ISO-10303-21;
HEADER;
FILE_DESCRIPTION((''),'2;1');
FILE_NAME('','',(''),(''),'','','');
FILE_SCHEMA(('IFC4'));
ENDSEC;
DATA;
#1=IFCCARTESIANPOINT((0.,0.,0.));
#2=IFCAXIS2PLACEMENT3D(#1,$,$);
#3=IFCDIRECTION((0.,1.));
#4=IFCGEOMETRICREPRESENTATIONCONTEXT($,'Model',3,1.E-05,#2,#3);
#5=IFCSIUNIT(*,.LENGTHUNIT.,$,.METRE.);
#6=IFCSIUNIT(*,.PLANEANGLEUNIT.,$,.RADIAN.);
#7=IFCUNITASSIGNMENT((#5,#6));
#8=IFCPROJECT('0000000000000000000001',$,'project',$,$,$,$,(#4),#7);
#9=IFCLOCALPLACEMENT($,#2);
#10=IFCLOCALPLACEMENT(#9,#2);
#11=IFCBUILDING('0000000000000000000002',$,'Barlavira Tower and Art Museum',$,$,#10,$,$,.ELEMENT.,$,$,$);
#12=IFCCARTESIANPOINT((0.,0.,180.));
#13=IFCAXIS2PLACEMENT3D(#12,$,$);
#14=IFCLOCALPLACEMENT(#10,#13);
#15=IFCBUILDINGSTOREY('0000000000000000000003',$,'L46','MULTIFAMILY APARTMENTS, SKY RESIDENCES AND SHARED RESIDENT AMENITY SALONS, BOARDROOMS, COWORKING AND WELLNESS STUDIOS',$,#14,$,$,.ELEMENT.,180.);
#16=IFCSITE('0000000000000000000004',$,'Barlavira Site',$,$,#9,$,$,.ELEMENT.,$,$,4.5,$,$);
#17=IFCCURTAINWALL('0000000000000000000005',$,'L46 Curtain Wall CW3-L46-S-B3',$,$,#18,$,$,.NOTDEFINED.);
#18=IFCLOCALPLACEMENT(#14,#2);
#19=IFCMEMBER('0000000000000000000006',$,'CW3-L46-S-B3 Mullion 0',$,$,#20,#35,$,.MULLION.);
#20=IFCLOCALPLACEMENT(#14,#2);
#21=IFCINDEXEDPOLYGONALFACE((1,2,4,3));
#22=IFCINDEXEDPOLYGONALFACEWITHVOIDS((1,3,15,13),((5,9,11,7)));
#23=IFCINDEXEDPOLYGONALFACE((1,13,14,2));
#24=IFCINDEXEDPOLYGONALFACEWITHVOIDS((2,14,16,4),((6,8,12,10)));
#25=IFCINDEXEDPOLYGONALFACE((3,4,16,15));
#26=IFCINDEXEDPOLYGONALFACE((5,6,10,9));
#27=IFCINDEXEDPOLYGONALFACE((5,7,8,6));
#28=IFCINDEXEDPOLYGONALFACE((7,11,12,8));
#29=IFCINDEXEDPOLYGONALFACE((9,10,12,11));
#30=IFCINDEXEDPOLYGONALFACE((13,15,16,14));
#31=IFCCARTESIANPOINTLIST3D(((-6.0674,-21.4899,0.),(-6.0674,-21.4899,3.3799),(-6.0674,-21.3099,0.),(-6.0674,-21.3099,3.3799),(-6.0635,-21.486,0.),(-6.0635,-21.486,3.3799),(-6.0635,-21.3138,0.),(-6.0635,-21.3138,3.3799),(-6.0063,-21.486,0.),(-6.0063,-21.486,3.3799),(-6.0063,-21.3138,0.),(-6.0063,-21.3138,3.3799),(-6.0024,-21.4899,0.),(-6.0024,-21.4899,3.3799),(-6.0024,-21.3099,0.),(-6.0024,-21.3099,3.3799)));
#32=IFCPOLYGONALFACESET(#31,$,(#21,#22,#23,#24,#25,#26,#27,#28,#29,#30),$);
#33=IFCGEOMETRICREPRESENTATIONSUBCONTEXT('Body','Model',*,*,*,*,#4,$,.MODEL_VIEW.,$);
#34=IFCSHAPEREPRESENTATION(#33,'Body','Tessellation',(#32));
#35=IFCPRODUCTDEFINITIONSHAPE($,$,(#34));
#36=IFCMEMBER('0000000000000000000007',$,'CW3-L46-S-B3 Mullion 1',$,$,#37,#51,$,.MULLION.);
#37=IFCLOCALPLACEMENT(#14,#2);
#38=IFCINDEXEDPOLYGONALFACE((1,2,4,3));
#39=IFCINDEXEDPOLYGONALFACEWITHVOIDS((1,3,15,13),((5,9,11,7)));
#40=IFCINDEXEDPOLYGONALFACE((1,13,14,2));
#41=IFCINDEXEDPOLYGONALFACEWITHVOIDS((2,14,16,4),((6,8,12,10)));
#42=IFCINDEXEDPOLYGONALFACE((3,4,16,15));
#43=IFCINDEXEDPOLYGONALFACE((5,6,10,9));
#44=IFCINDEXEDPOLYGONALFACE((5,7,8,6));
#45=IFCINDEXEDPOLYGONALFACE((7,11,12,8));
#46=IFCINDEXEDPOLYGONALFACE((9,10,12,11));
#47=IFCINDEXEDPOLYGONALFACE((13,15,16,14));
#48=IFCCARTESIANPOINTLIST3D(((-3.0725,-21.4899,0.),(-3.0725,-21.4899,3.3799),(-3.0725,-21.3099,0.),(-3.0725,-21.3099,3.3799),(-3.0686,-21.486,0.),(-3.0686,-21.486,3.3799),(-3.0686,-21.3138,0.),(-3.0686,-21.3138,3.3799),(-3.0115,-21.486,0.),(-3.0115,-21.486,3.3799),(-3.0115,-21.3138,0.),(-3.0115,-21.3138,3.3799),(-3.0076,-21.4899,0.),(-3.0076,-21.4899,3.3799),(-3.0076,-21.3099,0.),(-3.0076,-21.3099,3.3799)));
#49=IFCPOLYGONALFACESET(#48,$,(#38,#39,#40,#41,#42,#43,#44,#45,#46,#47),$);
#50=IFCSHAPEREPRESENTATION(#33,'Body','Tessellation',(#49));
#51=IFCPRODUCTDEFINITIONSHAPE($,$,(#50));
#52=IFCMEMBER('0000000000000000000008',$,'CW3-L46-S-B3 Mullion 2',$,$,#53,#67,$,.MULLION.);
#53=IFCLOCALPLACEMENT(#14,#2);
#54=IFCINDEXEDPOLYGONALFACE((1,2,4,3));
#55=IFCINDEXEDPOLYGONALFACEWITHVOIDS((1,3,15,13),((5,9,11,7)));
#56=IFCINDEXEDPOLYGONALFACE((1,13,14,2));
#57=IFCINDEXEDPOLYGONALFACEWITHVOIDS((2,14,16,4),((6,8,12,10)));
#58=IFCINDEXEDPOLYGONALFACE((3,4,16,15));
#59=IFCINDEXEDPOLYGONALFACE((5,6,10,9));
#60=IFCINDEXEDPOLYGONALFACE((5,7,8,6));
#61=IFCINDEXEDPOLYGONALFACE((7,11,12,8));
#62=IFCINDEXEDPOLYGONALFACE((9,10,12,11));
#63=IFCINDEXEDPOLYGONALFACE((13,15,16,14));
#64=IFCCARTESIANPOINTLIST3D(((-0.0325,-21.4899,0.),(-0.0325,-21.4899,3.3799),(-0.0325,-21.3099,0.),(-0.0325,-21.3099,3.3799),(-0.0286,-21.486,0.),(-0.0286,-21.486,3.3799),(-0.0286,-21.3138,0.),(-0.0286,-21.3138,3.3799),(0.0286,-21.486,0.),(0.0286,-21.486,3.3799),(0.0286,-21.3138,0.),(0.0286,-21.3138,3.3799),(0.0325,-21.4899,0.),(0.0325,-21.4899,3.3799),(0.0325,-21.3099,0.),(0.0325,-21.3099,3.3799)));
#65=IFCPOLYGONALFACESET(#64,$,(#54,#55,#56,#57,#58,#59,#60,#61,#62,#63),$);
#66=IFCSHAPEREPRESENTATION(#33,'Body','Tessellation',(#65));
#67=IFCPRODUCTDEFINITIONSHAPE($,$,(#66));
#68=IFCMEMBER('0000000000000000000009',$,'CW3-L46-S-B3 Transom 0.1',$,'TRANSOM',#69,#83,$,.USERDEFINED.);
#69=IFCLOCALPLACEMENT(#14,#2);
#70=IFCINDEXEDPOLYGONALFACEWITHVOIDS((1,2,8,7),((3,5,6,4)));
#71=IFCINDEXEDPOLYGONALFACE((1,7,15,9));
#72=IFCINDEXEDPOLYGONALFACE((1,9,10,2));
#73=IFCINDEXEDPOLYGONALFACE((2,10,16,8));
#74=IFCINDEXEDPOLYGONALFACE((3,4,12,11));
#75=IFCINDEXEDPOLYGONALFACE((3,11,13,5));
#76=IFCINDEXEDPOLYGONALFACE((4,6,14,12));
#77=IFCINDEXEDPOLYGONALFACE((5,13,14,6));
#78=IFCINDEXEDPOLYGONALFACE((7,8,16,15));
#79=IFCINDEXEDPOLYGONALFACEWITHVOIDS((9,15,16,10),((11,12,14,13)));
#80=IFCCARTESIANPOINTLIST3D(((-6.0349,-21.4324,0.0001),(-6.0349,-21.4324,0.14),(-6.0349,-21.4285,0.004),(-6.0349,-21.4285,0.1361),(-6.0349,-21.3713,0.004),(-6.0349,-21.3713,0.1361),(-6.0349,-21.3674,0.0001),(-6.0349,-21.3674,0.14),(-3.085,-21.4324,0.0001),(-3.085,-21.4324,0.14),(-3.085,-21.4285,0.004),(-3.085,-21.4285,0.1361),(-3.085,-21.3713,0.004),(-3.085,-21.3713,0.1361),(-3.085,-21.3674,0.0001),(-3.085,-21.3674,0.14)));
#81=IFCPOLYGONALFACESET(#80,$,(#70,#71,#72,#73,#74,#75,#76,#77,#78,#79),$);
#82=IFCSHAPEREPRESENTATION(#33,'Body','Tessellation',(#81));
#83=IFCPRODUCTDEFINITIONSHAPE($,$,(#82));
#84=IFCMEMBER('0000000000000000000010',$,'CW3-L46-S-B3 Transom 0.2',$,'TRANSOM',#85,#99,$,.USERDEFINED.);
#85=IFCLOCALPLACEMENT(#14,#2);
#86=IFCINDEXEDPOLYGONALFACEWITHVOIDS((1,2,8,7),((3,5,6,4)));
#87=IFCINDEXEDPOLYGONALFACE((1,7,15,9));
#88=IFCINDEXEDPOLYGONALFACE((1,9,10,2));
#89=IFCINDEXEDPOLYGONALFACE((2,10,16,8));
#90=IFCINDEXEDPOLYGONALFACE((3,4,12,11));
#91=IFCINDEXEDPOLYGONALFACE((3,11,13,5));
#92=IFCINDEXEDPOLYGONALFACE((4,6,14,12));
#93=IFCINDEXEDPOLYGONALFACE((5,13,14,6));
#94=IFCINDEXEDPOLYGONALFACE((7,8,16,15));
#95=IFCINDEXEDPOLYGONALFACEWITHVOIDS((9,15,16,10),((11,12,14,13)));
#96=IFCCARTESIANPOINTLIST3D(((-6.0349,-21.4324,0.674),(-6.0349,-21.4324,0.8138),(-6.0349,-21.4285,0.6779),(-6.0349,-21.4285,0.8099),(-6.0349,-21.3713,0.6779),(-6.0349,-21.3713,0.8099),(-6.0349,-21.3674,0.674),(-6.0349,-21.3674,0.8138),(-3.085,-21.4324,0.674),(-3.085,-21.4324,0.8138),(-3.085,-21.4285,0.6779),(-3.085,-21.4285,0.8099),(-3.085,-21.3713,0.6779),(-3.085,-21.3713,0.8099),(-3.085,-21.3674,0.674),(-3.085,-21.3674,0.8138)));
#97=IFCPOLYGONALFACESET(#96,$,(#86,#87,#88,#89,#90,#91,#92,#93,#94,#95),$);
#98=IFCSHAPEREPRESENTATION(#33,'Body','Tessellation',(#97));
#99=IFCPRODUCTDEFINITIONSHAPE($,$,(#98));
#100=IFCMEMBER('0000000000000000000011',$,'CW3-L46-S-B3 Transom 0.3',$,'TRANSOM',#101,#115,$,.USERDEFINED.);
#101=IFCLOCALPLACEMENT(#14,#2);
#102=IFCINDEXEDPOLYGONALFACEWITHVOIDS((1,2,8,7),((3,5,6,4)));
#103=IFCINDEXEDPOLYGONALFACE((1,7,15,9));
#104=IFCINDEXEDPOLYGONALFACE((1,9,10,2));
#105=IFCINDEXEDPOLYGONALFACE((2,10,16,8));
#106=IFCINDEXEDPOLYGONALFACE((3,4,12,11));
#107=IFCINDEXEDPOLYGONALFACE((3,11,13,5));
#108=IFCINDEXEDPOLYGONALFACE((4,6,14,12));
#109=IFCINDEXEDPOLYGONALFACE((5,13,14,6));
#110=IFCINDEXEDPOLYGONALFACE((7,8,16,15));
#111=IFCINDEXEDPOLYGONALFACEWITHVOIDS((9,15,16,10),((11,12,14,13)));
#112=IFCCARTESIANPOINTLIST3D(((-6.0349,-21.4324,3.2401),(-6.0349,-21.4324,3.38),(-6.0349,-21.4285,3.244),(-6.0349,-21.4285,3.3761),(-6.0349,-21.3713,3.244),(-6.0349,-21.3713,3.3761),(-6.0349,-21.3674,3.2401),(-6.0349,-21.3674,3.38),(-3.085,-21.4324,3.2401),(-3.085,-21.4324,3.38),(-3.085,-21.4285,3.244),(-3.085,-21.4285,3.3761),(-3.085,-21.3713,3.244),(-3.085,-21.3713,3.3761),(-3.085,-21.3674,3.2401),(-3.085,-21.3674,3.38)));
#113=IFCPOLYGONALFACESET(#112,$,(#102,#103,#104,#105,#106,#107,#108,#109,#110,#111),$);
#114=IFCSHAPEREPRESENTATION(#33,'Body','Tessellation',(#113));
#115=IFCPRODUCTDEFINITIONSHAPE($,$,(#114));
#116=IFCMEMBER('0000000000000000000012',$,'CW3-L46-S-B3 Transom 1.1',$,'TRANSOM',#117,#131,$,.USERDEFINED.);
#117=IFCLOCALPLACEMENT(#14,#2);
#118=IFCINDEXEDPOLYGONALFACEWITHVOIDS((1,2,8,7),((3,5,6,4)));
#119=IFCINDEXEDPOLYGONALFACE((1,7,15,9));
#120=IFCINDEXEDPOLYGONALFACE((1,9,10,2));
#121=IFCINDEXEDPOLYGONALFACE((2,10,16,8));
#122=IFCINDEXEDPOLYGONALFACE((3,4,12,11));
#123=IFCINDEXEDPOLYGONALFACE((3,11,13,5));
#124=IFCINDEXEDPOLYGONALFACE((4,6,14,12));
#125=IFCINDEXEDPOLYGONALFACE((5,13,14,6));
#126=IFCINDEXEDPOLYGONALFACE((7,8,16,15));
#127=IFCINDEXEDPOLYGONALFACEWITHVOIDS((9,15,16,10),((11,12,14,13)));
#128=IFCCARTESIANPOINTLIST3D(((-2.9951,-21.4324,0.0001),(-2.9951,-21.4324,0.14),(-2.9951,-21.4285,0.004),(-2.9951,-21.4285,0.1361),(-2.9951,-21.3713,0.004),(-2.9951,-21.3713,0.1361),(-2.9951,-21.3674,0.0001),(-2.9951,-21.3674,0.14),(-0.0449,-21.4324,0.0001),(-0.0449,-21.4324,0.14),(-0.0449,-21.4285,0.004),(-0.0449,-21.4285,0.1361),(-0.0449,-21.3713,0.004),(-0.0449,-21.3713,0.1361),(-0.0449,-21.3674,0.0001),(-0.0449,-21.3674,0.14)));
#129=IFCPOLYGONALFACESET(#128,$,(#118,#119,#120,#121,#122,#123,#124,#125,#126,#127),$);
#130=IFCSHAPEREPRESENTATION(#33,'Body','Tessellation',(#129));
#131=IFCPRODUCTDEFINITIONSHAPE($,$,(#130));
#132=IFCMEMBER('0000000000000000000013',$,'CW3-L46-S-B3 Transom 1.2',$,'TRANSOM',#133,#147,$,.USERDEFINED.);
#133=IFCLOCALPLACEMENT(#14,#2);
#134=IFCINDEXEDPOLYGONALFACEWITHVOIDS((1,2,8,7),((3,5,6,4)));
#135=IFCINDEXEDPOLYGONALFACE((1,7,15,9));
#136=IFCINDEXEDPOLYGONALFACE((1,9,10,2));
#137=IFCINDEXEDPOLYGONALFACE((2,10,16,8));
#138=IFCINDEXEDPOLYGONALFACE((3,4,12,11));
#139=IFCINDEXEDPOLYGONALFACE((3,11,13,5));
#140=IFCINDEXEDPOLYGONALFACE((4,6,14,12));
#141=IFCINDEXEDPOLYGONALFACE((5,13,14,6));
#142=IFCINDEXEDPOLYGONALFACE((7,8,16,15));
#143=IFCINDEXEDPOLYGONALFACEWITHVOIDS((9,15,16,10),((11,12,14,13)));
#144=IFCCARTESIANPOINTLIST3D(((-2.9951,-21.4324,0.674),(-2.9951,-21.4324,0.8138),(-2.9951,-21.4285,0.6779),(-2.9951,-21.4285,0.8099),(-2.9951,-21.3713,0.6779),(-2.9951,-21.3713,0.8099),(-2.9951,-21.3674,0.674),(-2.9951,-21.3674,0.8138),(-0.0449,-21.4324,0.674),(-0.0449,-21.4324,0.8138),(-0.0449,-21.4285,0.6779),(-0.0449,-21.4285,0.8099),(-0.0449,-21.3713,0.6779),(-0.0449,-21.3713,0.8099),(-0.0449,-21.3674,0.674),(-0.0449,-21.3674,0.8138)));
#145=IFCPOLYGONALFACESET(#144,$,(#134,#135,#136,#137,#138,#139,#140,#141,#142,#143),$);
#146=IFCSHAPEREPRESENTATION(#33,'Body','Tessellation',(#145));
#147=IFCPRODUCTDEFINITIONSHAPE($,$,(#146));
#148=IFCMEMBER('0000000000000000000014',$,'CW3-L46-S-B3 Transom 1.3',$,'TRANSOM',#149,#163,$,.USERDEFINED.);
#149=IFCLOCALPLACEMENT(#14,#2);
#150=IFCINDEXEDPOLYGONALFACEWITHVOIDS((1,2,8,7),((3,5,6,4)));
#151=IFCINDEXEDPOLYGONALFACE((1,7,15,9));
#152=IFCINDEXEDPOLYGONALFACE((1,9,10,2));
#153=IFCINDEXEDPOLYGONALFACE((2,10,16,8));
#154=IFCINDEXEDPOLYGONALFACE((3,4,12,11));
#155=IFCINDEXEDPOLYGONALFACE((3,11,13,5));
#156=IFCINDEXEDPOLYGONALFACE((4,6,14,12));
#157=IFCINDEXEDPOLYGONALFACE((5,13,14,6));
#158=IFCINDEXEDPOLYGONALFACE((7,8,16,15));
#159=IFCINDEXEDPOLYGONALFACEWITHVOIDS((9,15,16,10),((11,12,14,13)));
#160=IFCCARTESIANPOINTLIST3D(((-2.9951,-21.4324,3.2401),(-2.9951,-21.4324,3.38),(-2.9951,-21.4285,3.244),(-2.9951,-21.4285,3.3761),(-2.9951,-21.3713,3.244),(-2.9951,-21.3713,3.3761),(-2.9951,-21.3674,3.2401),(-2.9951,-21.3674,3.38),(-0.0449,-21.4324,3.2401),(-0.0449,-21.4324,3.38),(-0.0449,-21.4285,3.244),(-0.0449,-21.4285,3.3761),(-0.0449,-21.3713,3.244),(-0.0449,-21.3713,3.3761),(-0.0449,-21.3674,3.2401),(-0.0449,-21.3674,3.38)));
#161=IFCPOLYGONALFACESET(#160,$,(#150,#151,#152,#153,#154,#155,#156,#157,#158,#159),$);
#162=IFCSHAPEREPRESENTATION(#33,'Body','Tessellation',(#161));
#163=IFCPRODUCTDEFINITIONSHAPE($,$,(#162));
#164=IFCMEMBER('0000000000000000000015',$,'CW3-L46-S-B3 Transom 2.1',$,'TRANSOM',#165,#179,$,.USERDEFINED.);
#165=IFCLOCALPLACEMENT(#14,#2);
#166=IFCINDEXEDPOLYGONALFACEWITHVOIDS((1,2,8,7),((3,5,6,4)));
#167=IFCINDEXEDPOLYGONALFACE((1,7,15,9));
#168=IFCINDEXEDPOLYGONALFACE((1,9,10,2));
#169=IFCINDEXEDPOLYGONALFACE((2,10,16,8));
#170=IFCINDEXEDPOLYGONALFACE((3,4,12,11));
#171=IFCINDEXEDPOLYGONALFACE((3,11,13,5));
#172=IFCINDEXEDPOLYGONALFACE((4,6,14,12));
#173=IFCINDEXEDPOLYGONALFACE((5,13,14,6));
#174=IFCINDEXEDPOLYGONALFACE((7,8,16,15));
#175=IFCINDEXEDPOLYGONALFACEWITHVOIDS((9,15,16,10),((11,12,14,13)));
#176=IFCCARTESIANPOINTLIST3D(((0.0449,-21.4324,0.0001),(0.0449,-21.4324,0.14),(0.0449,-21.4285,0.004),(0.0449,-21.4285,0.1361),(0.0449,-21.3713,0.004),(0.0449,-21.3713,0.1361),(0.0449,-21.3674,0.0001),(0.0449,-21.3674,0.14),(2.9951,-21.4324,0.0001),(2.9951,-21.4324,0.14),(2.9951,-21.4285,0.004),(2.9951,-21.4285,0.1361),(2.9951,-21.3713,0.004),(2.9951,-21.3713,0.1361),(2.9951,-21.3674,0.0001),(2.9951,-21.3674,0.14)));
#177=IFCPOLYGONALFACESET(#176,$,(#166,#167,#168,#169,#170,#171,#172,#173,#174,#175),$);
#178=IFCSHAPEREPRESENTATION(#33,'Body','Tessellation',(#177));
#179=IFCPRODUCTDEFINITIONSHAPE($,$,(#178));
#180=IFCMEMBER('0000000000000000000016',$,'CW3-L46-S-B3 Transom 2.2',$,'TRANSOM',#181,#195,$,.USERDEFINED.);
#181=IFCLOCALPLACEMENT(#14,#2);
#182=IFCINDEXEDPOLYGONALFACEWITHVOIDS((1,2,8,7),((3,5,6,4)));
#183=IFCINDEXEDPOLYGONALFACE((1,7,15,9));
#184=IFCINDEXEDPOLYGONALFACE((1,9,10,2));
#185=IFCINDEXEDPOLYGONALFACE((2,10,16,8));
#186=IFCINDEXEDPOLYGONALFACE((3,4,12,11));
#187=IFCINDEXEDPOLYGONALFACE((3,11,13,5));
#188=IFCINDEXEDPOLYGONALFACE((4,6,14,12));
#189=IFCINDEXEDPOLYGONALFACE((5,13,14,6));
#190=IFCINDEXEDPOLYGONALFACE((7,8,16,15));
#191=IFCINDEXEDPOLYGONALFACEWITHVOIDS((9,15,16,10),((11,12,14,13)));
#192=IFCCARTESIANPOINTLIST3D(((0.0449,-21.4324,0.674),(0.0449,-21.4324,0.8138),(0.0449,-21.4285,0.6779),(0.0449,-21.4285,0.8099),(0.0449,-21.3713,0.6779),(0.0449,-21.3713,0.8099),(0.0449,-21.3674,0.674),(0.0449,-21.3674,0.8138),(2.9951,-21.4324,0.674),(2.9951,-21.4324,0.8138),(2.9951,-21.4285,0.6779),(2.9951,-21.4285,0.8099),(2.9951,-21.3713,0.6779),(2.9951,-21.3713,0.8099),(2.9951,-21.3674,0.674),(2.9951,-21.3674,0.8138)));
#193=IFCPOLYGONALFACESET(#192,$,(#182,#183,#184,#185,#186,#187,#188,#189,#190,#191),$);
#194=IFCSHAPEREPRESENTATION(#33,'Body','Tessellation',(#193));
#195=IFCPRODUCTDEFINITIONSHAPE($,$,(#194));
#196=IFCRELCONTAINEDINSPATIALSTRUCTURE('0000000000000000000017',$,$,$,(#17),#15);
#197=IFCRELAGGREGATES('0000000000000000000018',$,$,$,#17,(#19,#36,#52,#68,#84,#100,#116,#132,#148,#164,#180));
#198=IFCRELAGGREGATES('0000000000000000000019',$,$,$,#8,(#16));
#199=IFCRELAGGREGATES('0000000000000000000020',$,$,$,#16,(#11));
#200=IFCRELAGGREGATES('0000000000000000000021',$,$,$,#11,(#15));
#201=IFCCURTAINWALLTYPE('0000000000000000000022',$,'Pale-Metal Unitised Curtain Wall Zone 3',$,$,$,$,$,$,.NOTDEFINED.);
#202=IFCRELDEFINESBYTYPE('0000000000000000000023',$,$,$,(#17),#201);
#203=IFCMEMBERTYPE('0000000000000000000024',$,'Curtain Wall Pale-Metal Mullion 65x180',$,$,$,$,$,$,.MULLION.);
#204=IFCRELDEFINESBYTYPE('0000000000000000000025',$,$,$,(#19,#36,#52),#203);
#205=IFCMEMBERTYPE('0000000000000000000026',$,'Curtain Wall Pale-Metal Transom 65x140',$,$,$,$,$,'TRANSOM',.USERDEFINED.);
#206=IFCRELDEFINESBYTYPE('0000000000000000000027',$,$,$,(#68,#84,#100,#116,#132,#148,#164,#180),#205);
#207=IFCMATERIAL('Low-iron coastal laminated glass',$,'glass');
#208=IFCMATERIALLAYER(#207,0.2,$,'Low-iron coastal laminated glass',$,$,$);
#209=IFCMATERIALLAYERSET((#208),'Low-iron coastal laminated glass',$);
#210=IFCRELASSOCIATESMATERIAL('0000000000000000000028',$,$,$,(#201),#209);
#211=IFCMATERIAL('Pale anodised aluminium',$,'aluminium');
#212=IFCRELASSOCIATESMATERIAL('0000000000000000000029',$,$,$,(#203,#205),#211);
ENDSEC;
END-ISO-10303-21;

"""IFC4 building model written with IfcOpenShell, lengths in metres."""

from ifc_helpers import new_model, si_unit, direction, frame, origin, origin_2d, place, context, subcontext, project, spatial, hollow_rectangle, extrude, material, layer, layer_set, material_profile, profile_set, type_object, element, aggregate, save


model = new_model("IFC4")

# Units and contexts
model_context = context("Model", 3, precision=1e-05, world=origin(), true_north=direction((0.0, 1.0)))
body_context = subcontext(model_context, "Body", "Model", "MODEL_VIEW")
ifc_project = project(units=[si_unit("LENGTHUNIT", "METRE"), si_unit("PLANEANGLEUNIT", "RADIAN")], contexts=[model_context])

# Site, building, storey
site_placement = place(None, origin())
site = spatial("IfcSite", under=ifc_project, at=site_placement, Name="Barlavira Site", CompositionType="ELEMENT", RefElevation=4.5)
building_placement = place(site_placement, origin())
building = spatial("IfcBuilding", under=site, at=building_placement, Name="Barlavira Tower and Art Museum", CompositionType="ELEMENT")
storey_placement = place(building_placement, frame((0.0, 0.0, 180.0)))
storey = spatial("IfcBuildingStorey", under=building, at=storey_placement, Name="L46", Description="MULTIFAMILY APARTMENTS, SKY RESIDENCES AND SHARED RESIDENT AMENITY SALONS, BOARDROOMS, COWORKING AND WELLNESS STUDIOS", CompositionType="ELEMENT", Elevation=180.0)

# Curtain wall, members
ifc_material_1 = material(Name="Low-iron coastal laminated glass", Category="glass")
ifc_layer_1 = layer(ifc_material_1, 0.2, Name="Low-iron coastal laminated glass")
ifc_layer_set_1 = layer_set([ifc_layer_1], Name="Low-iron coastal laminated glass")
curtain_wall_type = type_object("IfcCurtainWallType", Name="Pale-Metal Unitised Curtain Wall Zone 3", PredefinedType="NOTDEFINED", material=ifc_layer_set_1)
curtain_wall_placement = place(storey_placement, origin())
curtain_wall = element("IfcCurtainWall", 1, at=curtain_wall_placement, inside=storey, type_object=curtain_wall_type, Name="L46 Curtain Wall CW3-L46-S-B3", PredefinedType="NOTDEFINED")
ifc_material_2 = material(Name="Pale anodised aluminium", Category="aluminium")
ifc_material_profile_1 = material_profile(ifc_material_2, hollow_rectangle(XDim=0.0649, YDim=0.1799, WallThickness=0.0039, at=origin_2d()), Name="ALU-MULL 65x180x4")
ifc_profile_set_1 = profile_set([ifc_material_profile_1], Name="Pale anodised aluminium")
member_type_1 = type_object("IfcMemberType", Name="Curtain Wall Pale-Metal Mullion 65x180", PredefinedType="MULLION", material=ifc_profile_set_1)
member_1_placement = place(storey_placement, frame((-6.0349, -21.3999, 0.0), z_axis=(0.0, 0.0, 1.0), x_axis=(1.0, 0.0, 0.0)))
member_1 = element("IfcMember", 2, at=member_1_placement, type_object=member_type_1, Name="CW3-L46-S-B3 Mullion 0", PredefinedType="MULLION", context=body_context, shape_type="SweptSolid", body=[
    extrude(hollow_rectangle(XDim=0.0649, YDim=0.1799, WallThickness=0.0039, at=origin_2d()), origin(), (0.0, 0.0, 1.0), 3.3799),
])
member_2_placement = place(storey_placement, frame((-3.04, -21.3999, 0.0), z_axis=(0.0, 0.0, 1.0), x_axis=(1.0, 0.0, 0.0)))
member_2 = element("IfcMember", 3, at=member_2_placement, type_object=member_type_1, Name="CW3-L46-S-B3 Mullion 1", PredefinedType="MULLION", context=body_context, shape_type="SweptSolid", body=[
    extrude(hollow_rectangle(XDim=0.0649, YDim=0.1799, WallThickness=0.0039, at=origin_2d()), origin(), (0.0, 0.0, 1.0), 3.3799),
])
member_3_placement = place(storey_placement, frame((0.0, -21.3999, 0.0), z_axis=(0.0, 0.0, 1.0), x_axis=(1.0, 0.0, 0.0)))
member_3 = element("IfcMember", 4, at=member_3_placement, type_object=member_type_1, Name="CW3-L46-S-B3 Mullion 2", PredefinedType="MULLION", context=body_context, shape_type="SweptSolid", body=[
    extrude(hollow_rectangle(XDim=0.0649, YDim=0.1799, WallThickness=0.0039, at=origin_2d()), origin(), (0.0, 0.0, 1.0), 3.3799),
])
ifc_material_profile_2 = material_profile(ifc_material_2, hollow_rectangle(XDim=0.0649, YDim=0.1399, WallThickness=0.0039, at=origin_2d()), Name="ALU-TRAN 65x140x4")
ifc_profile_set_2 = profile_set([ifc_material_profile_2], Name="Pale anodised aluminium")
member_type_2 = type_object("IfcMemberType", Name="Curtain Wall Pale-Metal Transom 65x140", ElementType="TRANSOM", PredefinedType="USERDEFINED", material=ifc_profile_set_2)
member_4_placement = place(storey_placement, frame((-6.0349, -21.3999, 0.0701), z_axis=(1.0, 0.0, 0.0), x_axis=(0.0, 1.0, 0.0)))
member_4 = element("IfcMember", 5, at=member_4_placement, type_object=member_type_2, Name="CW3-L46-S-B3 Transom 0.1", ObjectType="TRANSOM", PredefinedType="USERDEFINED", context=body_context, shape_type="SweptSolid", body=[
    extrude(hollow_rectangle(XDim=0.0649, YDim=0.1399, WallThickness=0.0039, at=origin_2d()), origin(), (0.0, 0.0, 1.0), 2.95),
])
member_5_placement = place(storey_placement, frame((-6.0349, -21.3999, 0.7439), z_axis=(1.0, 0.0, 0.0), x_axis=(0.0, 1.0, 0.0)))
member_5 = element("IfcMember", 6, at=member_5_placement, type_object=member_type_2, Name="CW3-L46-S-B3 Transom 0.2", ObjectType="TRANSOM", PredefinedType="USERDEFINED", context=body_context, shape_type="SweptSolid", body=[
    extrude(hollow_rectangle(XDim=0.0649, YDim=0.1399, WallThickness=0.0039, at=origin_2d()), origin(), (0.0, 0.0, 1.0), 2.95),
])
member_6_placement = place(storey_placement, frame((-6.0349, -21.3999, 3.3101), z_axis=(1.0, 0.0, 0.0), x_axis=(0.0, 1.0, 0.0)))
member_6 = element("IfcMember", 7, at=member_6_placement, type_object=member_type_2, Name="CW3-L46-S-B3 Transom 0.3", ObjectType="TRANSOM", PredefinedType="USERDEFINED", context=body_context, shape_type="SweptSolid", body=[
    extrude(hollow_rectangle(XDim=0.0649, YDim=0.1399, WallThickness=0.0039, at=origin_2d()), origin(), (0.0, 0.0, 1.0), 2.95),
])
member_7_placement = place(storey_placement, frame((-2.9951, -21.3999, 0.0701), z_axis=(1.0, 0.0, 0.0), x_axis=(0.0, 1.0, 0.0)))
member_7 = element("IfcMember", 8, at=member_7_placement, type_object=member_type_2, Name="CW3-L46-S-B3 Transom 1.1", ObjectType="TRANSOM", PredefinedType="USERDEFINED", context=body_context, shape_type="SweptSolid", body=[
    extrude(hollow_rectangle(XDim=0.0649, YDim=0.1399, WallThickness=0.0039, at=origin_2d()), origin(), (0.0, 0.0, 1.0), 2.9502),
])
member_8_placement = place(storey_placement, frame((-2.9951, -21.3999, 0.7439), z_axis=(1.0, 0.0, 0.0), x_axis=(0.0, 1.0, 0.0)))
member_8 = element("IfcMember", 9, at=member_8_placement, type_object=member_type_2, Name="CW3-L46-S-B3 Transom 1.2", ObjectType="TRANSOM", PredefinedType="USERDEFINED", context=body_context, shape_type="SweptSolid", body=[
    extrude(hollow_rectangle(XDim=0.0649, YDim=0.1399, WallThickness=0.0039, at=origin_2d()), origin(), (0.0, 0.0, 1.0), 2.9502),
])
member_9_placement = place(storey_placement, frame((-2.9951, -21.3999, 3.3101), z_axis=(1.0, 0.0, 0.0), x_axis=(0.0, 1.0, 0.0)))
member_9 = element("IfcMember", 10, at=member_9_placement, type_object=member_type_2, Name="CW3-L46-S-B3 Transom 1.3", ObjectType="TRANSOM", PredefinedType="USERDEFINED", context=body_context, shape_type="SweptSolid", body=[
    extrude(hollow_rectangle(XDim=0.0649, YDim=0.1399, WallThickness=0.0039, at=origin_2d()), origin(), (0.0, 0.0, 1.0), 2.9502),
])
member_10_placement = place(storey_placement, frame((0.0449, -21.3999, 0.0701), z_axis=(1.0, 0.0, 0.0), x_axis=(0.0, 1.0, 0.0)))
member_10 = element("IfcMember", 11, at=member_10_placement, type_object=member_type_2, Name="CW3-L46-S-B3 Transom 2.1", ObjectType="TRANSOM", PredefinedType="USERDEFINED", context=body_context, shape_type="SweptSolid", body=[
    extrude(hollow_rectangle(XDim=0.0649, YDim=0.1399, WallThickness=0.0039, at=origin_2d()), origin(), (0.0, 0.0, 1.0), 2.9502),
])
member_11_placement = place(storey_placement, frame((0.0449, -21.3999, 0.7439), z_axis=(1.0, 0.0, 0.0), x_axis=(0.0, 1.0, 0.0)))
member_11 = element("IfcMember", 12, at=member_11_placement, type_object=member_type_2, Name="CW3-L46-S-B3 Transom 2.2", ObjectType="TRANSOM", PredefinedType="USERDEFINED", context=body_context, shape_type="SweptSolid", body=[
    extrude(hollow_rectangle(XDim=0.0649, YDim=0.1399, WallThickness=0.0039, at=origin_2d()), origin(), (0.0, 0.0, 1.0), 2.9502),
])

aggregate(curtain_wall, [member_1, member_2, member_3, member_4, member_5, member_6, member_7, member_8, member_9, member_10, member_11])

save(model, "model.ifc")
